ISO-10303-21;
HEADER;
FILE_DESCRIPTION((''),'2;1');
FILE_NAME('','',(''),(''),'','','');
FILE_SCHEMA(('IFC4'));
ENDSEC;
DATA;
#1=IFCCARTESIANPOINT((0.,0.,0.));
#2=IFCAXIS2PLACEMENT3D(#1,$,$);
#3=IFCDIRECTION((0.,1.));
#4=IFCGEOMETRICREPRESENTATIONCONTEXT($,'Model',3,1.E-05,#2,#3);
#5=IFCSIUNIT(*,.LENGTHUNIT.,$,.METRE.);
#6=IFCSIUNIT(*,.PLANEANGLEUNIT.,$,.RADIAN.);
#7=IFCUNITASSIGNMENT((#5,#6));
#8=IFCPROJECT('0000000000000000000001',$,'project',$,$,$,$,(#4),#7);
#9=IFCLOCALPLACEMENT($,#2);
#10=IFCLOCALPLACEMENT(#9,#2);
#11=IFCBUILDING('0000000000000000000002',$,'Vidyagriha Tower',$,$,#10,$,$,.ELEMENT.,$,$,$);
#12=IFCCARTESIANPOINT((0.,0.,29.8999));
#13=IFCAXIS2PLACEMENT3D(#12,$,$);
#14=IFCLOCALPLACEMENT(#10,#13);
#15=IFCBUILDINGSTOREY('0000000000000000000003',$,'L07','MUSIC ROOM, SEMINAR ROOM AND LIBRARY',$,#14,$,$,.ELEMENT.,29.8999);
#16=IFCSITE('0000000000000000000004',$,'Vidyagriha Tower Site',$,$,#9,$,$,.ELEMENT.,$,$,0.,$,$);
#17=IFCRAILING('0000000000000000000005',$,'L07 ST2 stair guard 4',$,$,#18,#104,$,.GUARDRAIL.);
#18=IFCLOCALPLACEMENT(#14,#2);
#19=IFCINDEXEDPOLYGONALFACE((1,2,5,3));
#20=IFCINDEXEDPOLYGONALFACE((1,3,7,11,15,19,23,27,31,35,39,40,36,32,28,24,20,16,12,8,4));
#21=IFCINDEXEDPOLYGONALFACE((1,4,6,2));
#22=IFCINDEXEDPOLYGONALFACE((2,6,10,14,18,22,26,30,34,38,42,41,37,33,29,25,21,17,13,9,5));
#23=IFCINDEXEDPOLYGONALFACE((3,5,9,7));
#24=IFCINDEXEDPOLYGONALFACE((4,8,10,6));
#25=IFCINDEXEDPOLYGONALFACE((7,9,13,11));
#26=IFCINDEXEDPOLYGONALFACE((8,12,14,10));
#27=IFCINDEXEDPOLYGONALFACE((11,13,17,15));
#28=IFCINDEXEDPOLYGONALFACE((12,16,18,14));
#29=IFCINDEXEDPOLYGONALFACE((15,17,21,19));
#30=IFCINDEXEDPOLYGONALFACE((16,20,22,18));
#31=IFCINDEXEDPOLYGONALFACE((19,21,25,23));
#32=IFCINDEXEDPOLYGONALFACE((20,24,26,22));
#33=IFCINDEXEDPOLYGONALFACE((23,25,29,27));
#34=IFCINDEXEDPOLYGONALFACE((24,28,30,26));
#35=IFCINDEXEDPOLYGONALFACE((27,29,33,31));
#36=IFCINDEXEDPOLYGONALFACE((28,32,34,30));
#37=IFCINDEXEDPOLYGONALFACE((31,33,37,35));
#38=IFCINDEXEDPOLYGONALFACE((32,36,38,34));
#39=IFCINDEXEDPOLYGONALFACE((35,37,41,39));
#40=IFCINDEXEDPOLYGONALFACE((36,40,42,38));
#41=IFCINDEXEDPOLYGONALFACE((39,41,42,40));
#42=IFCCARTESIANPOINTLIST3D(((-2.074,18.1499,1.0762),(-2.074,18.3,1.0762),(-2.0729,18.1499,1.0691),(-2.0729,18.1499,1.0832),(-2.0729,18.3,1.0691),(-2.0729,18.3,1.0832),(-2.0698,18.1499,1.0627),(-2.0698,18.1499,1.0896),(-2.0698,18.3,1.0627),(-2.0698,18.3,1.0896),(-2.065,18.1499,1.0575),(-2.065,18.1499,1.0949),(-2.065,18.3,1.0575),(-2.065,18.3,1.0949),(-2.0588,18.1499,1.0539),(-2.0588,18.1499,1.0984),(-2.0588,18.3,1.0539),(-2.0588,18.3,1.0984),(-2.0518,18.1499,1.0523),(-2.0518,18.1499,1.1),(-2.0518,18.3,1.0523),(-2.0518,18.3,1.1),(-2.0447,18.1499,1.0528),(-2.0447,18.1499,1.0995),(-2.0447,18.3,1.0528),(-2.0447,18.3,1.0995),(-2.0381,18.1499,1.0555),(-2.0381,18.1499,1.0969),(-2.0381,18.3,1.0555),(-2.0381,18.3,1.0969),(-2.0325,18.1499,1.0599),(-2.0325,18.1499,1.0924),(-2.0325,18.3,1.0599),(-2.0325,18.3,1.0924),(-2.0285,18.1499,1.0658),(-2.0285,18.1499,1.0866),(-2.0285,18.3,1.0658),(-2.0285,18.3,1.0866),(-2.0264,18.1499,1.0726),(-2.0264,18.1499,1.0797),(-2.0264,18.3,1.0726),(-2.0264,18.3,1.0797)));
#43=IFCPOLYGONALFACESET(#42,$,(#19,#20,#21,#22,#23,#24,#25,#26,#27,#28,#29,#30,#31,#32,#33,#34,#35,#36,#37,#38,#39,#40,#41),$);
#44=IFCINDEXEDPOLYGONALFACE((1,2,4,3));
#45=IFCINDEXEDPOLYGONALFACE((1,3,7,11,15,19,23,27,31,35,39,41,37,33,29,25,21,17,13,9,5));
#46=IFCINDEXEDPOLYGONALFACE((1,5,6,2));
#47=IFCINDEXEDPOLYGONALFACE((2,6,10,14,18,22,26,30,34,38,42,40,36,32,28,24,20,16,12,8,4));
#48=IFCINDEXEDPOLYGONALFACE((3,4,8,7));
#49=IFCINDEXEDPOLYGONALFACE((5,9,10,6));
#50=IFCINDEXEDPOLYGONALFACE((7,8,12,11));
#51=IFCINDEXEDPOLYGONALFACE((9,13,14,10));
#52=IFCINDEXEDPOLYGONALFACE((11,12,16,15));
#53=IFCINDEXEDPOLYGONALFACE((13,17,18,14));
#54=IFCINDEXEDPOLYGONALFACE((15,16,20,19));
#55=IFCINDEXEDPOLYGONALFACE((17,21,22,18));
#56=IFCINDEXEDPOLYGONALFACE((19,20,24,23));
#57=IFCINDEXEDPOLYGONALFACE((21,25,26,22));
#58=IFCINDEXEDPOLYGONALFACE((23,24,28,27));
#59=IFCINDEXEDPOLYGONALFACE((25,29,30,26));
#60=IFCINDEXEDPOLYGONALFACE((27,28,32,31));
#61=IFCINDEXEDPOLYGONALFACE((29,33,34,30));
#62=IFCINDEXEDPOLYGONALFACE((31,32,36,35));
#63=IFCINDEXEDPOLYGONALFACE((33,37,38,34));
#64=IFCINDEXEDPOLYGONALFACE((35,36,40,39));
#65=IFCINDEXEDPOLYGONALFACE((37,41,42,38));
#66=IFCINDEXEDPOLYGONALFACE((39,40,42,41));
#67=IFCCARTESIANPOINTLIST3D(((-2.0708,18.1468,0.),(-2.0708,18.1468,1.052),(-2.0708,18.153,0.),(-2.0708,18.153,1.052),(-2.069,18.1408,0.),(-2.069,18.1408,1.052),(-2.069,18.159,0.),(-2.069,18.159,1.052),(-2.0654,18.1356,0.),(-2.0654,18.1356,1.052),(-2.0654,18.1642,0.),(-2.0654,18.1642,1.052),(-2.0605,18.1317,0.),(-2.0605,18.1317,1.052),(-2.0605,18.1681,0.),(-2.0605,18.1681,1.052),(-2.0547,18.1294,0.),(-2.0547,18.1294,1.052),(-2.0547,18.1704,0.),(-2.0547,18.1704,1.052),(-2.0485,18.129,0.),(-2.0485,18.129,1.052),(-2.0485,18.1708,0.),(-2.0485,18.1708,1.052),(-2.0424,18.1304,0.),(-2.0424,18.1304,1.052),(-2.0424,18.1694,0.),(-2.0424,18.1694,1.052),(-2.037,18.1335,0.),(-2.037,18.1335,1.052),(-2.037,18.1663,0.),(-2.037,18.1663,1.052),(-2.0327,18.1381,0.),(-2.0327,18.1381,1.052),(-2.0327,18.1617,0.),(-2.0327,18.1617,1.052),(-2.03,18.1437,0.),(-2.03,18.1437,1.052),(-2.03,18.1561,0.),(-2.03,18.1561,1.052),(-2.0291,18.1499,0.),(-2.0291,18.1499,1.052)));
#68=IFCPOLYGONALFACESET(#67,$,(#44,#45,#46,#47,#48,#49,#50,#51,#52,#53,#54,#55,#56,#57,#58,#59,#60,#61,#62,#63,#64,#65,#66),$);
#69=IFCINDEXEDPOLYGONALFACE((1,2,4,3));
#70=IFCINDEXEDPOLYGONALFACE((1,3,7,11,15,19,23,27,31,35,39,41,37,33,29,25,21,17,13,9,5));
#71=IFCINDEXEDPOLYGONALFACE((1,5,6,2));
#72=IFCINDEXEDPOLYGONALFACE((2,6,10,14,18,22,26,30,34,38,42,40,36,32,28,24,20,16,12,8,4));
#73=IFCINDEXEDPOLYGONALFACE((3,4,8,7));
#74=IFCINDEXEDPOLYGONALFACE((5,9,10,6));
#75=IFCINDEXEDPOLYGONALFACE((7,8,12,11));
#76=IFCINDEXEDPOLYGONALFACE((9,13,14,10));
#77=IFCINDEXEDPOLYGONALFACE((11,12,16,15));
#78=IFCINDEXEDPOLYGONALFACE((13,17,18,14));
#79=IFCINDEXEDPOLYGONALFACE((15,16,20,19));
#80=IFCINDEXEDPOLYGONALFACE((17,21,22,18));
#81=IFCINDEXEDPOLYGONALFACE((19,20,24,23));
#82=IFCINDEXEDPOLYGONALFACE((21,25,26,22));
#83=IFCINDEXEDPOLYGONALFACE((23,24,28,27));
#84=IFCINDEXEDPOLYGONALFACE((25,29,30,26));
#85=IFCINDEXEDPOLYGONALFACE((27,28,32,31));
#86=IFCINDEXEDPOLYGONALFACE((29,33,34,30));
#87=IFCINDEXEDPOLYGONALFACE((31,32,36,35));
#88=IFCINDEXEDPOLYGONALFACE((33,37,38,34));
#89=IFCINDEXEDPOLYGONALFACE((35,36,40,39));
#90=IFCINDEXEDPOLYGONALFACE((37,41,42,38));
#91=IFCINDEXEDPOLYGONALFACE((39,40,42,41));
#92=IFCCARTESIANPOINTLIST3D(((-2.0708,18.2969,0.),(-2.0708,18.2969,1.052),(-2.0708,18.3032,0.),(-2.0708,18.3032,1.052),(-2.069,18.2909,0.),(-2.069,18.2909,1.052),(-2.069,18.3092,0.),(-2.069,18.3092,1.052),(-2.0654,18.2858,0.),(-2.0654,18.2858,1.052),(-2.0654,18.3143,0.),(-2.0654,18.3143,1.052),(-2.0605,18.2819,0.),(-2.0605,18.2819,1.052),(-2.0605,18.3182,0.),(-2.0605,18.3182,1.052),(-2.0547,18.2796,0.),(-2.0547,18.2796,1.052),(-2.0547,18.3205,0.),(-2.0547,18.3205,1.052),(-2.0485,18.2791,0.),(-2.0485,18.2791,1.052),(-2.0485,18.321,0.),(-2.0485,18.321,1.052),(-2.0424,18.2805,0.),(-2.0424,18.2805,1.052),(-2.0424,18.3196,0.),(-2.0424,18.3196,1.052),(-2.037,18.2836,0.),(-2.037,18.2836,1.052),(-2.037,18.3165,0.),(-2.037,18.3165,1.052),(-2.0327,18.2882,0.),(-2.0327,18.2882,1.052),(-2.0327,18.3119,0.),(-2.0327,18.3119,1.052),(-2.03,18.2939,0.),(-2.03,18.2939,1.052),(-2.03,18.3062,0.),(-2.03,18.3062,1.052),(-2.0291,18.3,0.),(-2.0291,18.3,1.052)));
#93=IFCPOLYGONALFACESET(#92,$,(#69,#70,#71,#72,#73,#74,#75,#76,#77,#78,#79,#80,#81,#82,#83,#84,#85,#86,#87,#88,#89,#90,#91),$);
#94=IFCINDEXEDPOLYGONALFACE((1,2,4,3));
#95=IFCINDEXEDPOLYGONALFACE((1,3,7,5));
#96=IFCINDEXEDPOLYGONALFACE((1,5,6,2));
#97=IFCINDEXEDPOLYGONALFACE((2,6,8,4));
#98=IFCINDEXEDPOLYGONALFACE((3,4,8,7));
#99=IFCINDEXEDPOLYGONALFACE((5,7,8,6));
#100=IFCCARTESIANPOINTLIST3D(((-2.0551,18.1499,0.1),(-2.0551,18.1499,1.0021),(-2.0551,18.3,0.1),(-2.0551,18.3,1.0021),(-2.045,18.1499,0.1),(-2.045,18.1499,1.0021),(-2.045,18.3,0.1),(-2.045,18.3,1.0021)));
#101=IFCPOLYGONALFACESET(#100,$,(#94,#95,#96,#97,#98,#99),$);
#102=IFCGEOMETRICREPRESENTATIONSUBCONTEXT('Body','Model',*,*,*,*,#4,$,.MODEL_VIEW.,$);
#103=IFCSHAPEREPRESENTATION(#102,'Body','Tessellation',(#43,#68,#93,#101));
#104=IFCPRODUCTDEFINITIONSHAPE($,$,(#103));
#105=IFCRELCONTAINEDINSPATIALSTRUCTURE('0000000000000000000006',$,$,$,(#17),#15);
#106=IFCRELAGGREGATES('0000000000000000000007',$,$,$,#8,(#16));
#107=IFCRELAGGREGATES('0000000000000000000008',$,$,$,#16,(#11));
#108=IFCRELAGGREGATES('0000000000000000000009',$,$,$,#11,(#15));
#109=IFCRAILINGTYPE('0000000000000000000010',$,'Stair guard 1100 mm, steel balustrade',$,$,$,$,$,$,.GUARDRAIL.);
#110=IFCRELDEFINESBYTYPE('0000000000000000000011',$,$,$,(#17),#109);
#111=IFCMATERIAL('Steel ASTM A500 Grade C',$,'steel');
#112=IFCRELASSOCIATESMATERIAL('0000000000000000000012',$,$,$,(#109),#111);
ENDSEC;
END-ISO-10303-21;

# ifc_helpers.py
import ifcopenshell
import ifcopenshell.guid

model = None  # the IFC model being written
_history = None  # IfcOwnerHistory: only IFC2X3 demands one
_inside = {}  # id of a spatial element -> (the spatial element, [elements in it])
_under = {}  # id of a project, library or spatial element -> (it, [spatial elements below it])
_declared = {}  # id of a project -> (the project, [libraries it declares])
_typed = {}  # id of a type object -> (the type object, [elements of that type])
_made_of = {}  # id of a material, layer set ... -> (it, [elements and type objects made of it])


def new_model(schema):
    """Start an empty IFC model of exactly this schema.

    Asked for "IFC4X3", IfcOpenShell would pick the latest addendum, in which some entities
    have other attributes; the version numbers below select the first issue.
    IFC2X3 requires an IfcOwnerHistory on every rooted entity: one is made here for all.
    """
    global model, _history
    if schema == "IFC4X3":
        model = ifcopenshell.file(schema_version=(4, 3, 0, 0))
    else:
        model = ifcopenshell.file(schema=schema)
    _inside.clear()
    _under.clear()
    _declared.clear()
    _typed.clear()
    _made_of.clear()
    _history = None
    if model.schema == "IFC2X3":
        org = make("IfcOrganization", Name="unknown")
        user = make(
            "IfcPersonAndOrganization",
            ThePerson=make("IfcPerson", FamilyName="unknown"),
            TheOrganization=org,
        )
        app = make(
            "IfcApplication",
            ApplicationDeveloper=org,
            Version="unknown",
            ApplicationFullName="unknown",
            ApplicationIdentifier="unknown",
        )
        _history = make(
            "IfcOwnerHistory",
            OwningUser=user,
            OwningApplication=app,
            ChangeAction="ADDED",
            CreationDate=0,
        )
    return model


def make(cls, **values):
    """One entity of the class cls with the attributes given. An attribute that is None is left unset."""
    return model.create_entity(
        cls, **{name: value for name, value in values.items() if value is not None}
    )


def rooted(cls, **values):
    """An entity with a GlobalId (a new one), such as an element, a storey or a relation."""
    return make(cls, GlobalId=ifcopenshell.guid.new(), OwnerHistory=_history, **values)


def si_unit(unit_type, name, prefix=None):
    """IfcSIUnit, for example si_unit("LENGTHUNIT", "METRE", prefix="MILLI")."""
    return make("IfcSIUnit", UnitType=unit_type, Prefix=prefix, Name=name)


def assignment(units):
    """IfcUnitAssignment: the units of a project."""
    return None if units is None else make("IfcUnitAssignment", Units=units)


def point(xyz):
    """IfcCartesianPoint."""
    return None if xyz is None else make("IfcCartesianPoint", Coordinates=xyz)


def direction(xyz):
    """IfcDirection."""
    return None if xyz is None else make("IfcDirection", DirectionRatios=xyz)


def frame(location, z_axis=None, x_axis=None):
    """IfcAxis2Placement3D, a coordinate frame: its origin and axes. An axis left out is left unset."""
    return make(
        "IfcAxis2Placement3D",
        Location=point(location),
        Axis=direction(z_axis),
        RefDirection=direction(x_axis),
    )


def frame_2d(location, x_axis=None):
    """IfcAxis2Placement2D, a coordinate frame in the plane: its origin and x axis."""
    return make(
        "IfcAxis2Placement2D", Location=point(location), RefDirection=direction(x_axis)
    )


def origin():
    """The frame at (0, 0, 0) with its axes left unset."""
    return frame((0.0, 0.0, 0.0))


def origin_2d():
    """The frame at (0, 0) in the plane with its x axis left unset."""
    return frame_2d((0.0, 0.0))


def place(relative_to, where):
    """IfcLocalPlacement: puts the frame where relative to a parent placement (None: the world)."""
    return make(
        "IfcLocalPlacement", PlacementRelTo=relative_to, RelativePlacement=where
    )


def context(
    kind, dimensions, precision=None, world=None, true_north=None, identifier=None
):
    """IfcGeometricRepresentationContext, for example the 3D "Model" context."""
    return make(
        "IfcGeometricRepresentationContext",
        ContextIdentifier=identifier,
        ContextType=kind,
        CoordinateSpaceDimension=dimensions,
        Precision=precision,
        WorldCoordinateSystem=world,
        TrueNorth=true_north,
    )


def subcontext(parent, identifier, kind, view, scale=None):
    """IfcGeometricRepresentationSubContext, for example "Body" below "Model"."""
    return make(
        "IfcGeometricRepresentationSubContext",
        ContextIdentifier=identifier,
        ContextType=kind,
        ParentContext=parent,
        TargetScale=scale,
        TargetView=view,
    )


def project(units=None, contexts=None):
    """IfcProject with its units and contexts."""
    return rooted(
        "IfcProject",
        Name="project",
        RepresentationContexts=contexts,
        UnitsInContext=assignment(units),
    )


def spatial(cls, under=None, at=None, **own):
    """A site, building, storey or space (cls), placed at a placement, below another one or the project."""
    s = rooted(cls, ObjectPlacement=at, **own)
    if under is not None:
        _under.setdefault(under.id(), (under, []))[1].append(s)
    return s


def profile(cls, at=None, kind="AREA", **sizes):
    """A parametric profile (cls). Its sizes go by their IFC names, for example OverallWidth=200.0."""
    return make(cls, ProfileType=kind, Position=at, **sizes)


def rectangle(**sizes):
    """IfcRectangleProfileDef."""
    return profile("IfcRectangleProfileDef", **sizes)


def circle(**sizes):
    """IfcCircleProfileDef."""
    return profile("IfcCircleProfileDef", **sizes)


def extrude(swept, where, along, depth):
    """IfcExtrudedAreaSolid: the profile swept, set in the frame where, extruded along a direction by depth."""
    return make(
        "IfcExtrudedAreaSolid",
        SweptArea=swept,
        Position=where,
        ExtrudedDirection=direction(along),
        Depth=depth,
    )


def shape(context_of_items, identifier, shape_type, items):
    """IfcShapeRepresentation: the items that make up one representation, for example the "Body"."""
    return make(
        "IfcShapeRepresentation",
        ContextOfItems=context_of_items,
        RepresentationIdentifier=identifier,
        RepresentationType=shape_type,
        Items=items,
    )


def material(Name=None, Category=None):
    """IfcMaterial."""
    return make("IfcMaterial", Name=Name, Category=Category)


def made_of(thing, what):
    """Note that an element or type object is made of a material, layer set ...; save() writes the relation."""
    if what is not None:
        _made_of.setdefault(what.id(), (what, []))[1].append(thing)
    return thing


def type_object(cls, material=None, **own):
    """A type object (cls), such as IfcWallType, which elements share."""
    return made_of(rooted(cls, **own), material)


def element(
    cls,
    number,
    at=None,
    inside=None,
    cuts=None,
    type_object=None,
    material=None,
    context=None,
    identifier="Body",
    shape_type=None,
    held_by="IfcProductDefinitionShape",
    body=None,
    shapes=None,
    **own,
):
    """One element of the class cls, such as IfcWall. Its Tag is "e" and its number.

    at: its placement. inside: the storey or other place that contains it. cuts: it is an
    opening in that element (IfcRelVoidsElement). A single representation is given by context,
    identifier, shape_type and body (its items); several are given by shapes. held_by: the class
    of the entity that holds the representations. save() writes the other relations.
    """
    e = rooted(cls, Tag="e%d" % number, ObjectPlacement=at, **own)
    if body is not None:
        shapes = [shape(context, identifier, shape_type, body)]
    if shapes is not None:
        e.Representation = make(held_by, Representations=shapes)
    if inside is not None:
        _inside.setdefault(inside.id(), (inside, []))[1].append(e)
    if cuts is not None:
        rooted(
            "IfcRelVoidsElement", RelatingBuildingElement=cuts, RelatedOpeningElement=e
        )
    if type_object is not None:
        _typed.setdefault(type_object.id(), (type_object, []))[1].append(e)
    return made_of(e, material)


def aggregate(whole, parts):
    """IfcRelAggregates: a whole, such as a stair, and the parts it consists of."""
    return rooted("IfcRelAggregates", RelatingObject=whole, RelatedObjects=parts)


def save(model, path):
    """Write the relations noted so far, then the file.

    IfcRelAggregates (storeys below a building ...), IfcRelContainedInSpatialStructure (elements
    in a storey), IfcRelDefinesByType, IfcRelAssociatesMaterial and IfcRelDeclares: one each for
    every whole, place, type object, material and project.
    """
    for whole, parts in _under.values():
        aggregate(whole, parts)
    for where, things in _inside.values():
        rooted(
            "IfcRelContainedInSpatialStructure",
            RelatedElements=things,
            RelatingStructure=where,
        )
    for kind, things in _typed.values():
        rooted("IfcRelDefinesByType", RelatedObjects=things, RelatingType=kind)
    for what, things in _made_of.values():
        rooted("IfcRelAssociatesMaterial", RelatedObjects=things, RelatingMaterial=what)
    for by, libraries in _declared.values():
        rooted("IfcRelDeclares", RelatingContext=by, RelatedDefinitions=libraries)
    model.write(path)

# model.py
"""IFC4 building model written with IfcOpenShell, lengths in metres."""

from ifc_helpers import new_model, si_unit, direction, frame, origin, origin_2d, place, context, subcontext, project, spatial, rectangle, circle, extrude, material, type_object, element, save


model = new_model("IFC4")

# Units and contexts
model_context = context("Model", 3, precision=1e-05, world=origin(), true_north=direction((0.0, 1.0)))
body_context = subcontext(model_context, "Body", "Model", "MODEL_VIEW")
ifc_project = project(units=[si_unit("LENGTHUNIT", "METRE"), si_unit("PLANEANGLEUNIT", "RADIAN")], contexts=[model_context])

# Site, building, storey
site_placement = place(None, origin())
site = spatial("IfcSite", under=ifc_project, at=site_placement, Name="Vidyagriha Tower Site", CompositionType="ELEMENT", RefElevation=0.0)
building_placement = place(site_placement, origin())
building = spatial("IfcBuilding", under=site, at=building_placement, Name="Vidyagriha Tower", CompositionType="ELEMENT")
storey_placement = place(building_placement, frame((0.0, 0.0, 29.8999)))
storey = spatial("IfcBuildingStorey", under=building, at=storey_placement, Name="L07", Description="MUSIC ROOM, SEMINAR ROOM AND LIBRARY", CompositionType="ELEMENT", Elevation=29.8999)

# Railing
ifc_material_1 = material(Name="Steel ASTM A500 Grade C", Category="steel")
railing_type_1 = type_object("IfcRailingType", Name="Stair guard 1100 mm, steel balustrade", PredefinedType="GUARDRAIL", material=ifc_material_1)
railing_1_placement = place(storey_placement, frame((-2.05, 18.1499, 0.0)))
element("IfcRailing", 1, at=railing_1_placement, inside=storey, type_object=railing_type_1, Name="L07 ST2 stair guard 4", PredefinedType="GUARDRAIL", context=body_context, shape_type="SweptSolid", body=[
    extrude(circle(Radius=0.0239, at=origin_2d()), frame((0.0, 0.0, 1.0762), z_axis=(0.0, 1.0, 0.0), x_axis=(-1.0, 0.0, 0.0)), (0.0, 0.0, 1.0), 0.1501),
    extrude(circle(Radius=0.021, at=origin_2d()), origin(), (0.0, 0.0, 1.0), 1.052),
    extrude(circle(Radius=0.021, at=origin_2d()), frame((0.0, 0.1501, 0.0)), (0.0, 0.0, 1.0), 1.052),
    extrude(rectangle(XDim=0.01, YDim=0.9021, at=origin_2d()), frame((0.0, 0.0, 0.551), z_axis=(0.0, 1.0, 0.0), x_axis=(-1.0, 0.0, 0.0)), (0.0, 0.0, 1.0), 0.1501),
])

save(model, "model.ifc")
